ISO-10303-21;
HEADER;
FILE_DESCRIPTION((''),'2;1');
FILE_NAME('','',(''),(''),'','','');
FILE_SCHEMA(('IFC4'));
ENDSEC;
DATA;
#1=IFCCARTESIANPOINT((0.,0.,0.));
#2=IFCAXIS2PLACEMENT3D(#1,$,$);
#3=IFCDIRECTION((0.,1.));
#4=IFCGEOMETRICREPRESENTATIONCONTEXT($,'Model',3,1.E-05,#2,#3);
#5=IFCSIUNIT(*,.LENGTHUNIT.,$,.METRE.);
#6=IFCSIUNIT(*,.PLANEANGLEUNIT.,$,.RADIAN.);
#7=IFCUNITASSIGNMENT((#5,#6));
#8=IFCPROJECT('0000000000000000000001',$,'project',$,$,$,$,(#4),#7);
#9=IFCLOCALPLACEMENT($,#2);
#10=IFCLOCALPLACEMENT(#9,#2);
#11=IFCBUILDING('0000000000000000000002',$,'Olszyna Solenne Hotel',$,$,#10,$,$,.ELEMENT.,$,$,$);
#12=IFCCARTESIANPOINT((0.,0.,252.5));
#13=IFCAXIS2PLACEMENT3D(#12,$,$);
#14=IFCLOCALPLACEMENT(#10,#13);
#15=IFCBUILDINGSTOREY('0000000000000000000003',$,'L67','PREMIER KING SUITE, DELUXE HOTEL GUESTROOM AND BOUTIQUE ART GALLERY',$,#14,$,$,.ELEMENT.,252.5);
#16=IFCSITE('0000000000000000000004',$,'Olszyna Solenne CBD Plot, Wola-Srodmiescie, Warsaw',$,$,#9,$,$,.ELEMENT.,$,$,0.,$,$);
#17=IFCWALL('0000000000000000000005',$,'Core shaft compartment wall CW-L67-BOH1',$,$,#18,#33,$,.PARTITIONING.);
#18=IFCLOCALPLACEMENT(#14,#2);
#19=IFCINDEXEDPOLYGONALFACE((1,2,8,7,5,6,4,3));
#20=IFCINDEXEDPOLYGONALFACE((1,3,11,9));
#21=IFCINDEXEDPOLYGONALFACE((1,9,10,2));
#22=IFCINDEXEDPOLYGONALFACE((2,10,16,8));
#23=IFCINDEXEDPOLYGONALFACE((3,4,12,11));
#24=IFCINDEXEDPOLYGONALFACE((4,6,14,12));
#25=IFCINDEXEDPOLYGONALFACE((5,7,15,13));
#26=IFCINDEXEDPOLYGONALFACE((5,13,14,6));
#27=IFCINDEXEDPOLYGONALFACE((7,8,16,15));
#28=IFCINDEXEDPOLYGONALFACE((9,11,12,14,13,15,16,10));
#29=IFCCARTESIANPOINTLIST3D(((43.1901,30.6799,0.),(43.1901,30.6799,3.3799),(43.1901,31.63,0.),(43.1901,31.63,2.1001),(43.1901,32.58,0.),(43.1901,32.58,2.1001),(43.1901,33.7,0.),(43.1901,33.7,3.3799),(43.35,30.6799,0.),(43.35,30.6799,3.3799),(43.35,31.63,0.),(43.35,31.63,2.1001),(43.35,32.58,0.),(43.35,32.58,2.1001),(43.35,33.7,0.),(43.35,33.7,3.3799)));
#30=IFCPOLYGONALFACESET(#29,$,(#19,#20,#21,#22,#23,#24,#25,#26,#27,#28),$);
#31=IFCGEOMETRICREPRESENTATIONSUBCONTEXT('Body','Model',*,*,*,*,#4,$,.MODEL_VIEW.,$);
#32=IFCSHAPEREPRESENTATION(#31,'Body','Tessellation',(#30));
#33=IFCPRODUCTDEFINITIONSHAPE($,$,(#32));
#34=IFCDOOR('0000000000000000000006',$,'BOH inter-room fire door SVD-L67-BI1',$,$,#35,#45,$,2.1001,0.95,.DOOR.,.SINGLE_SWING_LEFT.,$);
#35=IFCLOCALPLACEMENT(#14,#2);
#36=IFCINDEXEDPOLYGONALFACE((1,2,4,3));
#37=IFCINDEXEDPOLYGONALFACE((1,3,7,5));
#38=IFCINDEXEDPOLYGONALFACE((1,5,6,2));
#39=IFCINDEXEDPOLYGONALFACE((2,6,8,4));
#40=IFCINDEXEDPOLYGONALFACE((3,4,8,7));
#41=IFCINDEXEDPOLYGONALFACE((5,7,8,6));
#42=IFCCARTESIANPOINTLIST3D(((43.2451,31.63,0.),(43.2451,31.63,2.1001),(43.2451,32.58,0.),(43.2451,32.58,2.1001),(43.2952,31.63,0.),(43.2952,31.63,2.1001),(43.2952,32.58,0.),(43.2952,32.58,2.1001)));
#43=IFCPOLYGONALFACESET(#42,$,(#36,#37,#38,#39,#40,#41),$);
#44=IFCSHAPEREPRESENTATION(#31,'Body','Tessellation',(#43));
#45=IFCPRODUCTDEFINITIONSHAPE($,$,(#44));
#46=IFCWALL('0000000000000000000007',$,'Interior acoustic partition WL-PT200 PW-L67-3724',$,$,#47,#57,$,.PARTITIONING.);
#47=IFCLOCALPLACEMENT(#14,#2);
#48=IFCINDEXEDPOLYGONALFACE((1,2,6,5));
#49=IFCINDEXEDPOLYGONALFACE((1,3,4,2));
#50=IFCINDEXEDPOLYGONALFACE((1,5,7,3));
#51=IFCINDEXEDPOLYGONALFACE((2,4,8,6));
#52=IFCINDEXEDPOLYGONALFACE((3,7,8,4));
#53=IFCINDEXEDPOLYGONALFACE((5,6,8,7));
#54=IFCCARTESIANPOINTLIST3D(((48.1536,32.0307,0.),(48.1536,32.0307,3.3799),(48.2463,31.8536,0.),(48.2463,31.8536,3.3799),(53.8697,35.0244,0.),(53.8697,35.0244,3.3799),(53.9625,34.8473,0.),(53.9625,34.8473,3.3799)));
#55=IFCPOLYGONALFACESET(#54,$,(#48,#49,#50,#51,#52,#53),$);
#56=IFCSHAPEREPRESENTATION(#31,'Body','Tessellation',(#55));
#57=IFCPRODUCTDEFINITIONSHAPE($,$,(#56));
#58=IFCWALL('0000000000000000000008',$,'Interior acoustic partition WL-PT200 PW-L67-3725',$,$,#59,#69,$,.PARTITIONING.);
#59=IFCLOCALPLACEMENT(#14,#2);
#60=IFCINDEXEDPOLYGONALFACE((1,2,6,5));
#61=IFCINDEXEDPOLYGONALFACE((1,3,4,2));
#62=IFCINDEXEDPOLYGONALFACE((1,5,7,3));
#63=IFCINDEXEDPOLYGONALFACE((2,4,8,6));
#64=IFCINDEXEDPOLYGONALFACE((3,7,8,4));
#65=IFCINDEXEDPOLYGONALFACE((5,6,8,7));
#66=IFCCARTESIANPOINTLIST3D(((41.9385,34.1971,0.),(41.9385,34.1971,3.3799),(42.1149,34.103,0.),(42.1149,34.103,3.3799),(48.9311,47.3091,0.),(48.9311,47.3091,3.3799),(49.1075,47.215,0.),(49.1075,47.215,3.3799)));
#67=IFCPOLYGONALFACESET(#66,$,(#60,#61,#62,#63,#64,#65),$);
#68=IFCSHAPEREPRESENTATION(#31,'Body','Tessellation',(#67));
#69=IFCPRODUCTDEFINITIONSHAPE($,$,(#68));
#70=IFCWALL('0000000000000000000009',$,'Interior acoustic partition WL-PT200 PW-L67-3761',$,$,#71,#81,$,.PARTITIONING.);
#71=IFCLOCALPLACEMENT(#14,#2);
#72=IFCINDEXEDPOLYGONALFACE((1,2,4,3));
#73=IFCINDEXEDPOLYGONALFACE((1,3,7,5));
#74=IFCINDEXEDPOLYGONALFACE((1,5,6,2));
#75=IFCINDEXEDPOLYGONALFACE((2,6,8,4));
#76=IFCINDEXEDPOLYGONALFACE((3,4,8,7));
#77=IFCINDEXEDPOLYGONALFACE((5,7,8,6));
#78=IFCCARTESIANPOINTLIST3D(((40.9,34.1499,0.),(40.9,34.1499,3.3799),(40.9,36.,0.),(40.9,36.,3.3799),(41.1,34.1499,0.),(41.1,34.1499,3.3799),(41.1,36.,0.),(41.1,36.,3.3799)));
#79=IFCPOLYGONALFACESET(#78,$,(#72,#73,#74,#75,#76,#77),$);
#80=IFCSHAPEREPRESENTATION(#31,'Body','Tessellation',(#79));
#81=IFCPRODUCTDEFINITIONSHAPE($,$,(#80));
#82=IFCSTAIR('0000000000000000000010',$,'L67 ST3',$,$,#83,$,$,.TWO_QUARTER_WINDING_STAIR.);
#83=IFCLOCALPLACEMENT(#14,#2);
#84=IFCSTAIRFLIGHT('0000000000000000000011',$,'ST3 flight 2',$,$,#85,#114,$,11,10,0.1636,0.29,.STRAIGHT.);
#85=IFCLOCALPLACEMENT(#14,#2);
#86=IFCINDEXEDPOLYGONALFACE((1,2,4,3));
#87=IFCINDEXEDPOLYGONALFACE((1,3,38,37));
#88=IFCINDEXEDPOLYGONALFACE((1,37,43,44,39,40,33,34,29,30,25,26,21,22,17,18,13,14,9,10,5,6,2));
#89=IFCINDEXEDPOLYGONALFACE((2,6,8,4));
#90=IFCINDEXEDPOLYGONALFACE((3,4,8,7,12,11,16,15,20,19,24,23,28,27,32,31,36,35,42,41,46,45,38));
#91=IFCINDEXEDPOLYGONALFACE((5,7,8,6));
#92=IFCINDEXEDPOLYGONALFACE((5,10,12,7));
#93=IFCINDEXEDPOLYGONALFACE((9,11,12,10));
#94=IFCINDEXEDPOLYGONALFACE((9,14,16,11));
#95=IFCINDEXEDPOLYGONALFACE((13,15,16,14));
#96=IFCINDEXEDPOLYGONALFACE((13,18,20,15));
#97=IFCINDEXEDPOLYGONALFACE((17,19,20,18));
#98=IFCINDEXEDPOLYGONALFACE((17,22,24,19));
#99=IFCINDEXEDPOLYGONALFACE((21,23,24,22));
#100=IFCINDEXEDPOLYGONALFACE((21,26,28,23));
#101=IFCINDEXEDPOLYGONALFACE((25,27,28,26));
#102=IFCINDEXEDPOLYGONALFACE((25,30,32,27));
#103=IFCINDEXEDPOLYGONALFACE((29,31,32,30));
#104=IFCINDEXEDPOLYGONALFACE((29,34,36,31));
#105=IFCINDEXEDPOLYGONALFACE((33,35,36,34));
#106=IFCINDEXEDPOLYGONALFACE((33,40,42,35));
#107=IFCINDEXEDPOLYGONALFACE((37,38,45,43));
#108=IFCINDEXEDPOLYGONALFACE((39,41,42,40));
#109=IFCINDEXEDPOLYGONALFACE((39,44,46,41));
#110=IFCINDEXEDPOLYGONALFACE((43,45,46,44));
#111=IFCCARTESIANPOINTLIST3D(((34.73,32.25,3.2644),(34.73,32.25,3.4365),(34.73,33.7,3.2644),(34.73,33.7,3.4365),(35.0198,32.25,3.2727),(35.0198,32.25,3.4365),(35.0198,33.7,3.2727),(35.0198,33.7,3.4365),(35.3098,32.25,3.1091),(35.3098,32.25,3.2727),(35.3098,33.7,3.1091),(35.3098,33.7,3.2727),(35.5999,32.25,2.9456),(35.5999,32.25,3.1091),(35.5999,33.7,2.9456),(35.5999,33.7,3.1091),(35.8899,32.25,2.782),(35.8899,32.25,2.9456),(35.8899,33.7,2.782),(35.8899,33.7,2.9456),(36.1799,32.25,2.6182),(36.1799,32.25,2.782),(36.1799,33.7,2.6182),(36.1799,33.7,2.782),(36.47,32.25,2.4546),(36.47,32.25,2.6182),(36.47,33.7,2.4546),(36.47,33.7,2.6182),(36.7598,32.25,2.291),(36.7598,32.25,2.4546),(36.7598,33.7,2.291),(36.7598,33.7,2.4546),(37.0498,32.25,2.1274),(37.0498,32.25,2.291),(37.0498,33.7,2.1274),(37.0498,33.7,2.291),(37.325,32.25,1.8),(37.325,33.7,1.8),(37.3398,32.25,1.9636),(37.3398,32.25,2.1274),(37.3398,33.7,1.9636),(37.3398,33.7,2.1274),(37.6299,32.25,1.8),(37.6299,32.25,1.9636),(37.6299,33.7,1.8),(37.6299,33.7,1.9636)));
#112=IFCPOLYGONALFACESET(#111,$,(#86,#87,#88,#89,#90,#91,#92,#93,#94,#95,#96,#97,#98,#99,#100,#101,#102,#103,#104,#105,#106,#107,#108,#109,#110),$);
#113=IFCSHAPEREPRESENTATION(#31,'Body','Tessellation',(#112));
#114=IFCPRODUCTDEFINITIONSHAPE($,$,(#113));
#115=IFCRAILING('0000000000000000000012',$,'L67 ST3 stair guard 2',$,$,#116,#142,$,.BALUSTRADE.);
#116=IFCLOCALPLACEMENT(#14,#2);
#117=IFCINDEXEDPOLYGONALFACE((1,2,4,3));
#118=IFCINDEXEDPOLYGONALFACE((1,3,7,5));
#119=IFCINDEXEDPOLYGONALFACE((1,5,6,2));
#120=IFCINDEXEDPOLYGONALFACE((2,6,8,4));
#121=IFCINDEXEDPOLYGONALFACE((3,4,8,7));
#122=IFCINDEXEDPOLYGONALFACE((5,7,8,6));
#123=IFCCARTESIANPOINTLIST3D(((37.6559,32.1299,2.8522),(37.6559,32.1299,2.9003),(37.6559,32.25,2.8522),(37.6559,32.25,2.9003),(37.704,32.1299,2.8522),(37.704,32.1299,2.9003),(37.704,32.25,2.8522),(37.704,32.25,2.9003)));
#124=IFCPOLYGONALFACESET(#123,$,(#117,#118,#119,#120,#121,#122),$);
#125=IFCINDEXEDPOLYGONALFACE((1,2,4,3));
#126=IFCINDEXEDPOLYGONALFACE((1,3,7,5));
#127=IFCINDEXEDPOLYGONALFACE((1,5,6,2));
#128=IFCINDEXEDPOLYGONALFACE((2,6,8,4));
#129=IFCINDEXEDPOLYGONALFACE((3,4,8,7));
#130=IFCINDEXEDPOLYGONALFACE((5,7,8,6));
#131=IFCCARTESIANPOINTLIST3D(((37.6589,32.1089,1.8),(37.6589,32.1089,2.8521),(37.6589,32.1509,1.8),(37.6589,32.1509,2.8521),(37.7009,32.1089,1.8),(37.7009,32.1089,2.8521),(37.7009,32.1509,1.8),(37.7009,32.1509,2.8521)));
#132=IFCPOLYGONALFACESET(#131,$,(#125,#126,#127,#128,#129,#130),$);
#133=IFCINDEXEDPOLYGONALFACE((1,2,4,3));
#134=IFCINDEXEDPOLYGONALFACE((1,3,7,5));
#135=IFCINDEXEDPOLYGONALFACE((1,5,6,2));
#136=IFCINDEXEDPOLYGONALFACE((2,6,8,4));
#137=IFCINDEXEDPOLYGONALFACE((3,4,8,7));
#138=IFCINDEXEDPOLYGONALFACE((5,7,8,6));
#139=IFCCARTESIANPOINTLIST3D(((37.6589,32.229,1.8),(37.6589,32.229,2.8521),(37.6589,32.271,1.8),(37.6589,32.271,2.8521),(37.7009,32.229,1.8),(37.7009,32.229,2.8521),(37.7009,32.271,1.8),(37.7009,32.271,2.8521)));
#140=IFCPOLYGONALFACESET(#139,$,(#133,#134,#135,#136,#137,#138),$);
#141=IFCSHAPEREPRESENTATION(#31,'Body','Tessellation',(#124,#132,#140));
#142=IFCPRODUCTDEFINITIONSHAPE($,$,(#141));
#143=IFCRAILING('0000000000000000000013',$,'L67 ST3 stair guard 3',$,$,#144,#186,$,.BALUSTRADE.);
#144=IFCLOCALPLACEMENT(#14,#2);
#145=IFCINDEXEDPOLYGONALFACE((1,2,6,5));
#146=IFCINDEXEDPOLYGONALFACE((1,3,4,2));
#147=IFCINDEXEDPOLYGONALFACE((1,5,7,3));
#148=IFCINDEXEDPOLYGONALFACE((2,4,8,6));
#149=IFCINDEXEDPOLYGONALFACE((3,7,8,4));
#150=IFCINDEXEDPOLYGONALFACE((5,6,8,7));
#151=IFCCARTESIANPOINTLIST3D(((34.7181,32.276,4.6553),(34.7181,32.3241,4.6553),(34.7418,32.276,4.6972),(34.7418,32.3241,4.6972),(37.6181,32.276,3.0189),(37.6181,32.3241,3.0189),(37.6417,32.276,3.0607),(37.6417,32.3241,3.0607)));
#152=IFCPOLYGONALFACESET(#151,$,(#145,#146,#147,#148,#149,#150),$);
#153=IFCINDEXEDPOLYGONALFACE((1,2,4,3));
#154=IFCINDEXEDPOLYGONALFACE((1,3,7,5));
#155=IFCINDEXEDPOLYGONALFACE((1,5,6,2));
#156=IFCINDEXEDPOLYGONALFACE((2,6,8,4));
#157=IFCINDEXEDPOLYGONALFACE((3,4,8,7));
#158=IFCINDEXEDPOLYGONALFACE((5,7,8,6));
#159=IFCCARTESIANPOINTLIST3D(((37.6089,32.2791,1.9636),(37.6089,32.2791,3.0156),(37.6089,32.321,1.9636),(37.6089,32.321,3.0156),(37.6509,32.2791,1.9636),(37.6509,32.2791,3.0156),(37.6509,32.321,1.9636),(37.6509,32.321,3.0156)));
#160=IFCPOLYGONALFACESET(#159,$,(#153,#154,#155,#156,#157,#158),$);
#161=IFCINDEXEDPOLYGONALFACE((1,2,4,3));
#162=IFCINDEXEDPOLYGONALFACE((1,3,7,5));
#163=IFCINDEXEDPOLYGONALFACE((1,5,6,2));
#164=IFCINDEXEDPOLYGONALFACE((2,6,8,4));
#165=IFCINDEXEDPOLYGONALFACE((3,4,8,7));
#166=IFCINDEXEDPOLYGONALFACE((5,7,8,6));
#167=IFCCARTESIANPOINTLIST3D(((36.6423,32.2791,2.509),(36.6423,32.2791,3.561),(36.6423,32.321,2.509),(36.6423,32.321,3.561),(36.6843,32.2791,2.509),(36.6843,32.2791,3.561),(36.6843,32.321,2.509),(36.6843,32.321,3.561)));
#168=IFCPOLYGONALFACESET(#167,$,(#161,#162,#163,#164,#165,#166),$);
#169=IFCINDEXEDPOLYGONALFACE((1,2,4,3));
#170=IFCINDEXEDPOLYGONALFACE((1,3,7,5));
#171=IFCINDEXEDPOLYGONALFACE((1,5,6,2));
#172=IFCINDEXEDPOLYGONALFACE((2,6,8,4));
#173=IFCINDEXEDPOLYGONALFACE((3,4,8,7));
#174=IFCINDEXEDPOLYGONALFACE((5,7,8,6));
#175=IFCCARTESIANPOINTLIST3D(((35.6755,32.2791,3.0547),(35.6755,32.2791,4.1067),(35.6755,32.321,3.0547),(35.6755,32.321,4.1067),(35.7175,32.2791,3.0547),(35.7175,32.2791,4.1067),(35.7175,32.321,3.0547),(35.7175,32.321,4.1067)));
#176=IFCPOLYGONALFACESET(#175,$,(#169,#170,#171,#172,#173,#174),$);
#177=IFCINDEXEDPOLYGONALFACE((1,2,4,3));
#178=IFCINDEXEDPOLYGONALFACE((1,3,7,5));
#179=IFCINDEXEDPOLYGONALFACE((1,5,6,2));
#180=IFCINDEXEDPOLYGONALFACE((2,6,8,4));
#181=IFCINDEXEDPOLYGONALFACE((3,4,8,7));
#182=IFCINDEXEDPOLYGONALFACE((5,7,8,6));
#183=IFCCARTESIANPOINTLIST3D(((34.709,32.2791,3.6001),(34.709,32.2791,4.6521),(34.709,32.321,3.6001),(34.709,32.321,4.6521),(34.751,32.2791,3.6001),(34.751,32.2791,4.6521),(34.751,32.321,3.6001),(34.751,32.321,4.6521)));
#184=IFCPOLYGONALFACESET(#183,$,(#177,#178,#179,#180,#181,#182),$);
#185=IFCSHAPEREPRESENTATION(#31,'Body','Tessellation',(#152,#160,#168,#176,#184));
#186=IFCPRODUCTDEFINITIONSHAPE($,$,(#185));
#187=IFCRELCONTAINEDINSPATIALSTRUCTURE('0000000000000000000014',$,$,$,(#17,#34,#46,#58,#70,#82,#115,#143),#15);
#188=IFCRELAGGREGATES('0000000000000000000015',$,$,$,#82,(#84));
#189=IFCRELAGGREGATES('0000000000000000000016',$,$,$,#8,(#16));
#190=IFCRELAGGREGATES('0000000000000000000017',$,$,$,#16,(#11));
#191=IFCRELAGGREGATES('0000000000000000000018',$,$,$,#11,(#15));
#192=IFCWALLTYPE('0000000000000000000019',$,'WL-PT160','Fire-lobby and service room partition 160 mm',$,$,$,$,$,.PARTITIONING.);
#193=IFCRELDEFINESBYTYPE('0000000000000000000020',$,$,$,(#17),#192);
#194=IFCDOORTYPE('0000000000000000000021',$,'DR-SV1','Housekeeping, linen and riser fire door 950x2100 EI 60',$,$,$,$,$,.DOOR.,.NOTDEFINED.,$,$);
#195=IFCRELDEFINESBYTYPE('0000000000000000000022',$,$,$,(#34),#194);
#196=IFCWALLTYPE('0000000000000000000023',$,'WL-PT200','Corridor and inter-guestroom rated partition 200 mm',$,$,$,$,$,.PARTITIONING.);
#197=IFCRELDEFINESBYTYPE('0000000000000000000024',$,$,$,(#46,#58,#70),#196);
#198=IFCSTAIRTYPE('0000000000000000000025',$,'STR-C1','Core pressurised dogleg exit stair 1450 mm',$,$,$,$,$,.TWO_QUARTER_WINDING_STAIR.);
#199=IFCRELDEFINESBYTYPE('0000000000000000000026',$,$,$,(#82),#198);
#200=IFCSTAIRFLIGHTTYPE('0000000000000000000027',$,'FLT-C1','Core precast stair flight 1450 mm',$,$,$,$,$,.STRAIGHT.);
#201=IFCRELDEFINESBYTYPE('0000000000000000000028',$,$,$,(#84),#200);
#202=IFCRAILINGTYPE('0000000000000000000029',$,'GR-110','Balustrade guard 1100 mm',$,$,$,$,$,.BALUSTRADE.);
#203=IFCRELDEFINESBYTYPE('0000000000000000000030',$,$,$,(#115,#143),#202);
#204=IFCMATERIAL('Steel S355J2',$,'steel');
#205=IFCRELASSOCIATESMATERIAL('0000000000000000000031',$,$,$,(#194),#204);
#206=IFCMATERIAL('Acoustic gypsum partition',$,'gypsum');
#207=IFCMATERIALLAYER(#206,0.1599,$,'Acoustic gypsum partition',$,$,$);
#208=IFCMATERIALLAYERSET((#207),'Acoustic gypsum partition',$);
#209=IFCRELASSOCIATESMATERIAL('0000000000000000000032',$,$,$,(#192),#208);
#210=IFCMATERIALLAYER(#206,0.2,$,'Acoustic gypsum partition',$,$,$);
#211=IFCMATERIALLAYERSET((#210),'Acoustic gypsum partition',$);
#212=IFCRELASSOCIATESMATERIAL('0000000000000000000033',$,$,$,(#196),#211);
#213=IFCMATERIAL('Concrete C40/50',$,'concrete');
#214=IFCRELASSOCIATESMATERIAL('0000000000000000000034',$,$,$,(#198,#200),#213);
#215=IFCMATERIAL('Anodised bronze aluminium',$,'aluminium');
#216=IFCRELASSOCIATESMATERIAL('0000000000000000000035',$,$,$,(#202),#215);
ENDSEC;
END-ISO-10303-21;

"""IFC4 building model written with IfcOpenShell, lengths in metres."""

from ifc_helpers import new_model, si_unit, direction, frame, frame_2d, origin, origin_2d, place, context, subcontext, project, spatial, polyline, rectangle, outline, extrude, source, transform, mapped, material, layer, layer_set, type_object, type_shapes, element, fill, aggregate, save


model = new_model("IFC4")

# Units and contexts
model_context = context("Model", 3, precision=1e-05, world=origin(), true_north=direction((0.0, 1.0)))
body_context = subcontext(model_context, "Body", "Model", "MODEL_VIEW")
ifc_project = project(units=[si_unit("LENGTHUNIT", "METRE"), si_unit("PLANEANGLEUNIT", "RADIAN")], contexts=[model_context])

# Site, building, storey
site_placement = place(None, origin())
site = spatial("IfcSite", under=ifc_project, at=site_placement, Name="Olszyna Solenne CBD Plot, Wola-Srodmiescie, Warsaw", CompositionType="ELEMENT", RefElevation=0.0)
building_placement = place(site_placement, origin())
building = spatial("IfcBuilding", under=site, at=building_placement, Name="Olszyna Solenne Hotel", CompositionType="ELEMENT")
storey_placement = place(building_placement, frame((0.0, 0.0, 252.5)))
storey = spatial("IfcBuildingStorey", under=building, at=storey_placement, Name="L67", Description="PREMIER KING SUITE, DELUXE HOTEL GUESTROOM AND BOUTIQUE ART GALLERY", CompositionType="ELEMENT", Elevation=252.5)

# Shared definitions
ifc_material_1 = material(Name="Steel S355J2", Category="steel")

# Shared definitions
door_type_1 = type_object("IfcDoorType", Name="DR-SV1", Description="Housekeeping, linen and riser fire door 950x2100 EI 60", OperationType="NOTDEFINED", PredefinedType="DOOR", material=ifc_material_1)
shared_shape_1 = source(origin(), body_context, "Body", "SweptSolid", [
    extrude(rectangle(XDim=0.95, YDim=2.1001, at=frame_2d((0.4751, 1.05))), frame((0.0, 0.0249, 0.0), z_axis=(0.0, -1.0, 0.0), x_axis=(1.0, 0.0, 0.0)), (0.0, 0.0, 1.0), 0.05),
])
type_shapes(door_type_1, [shared_shape_1])

# Shared definitions
ifc_material_2 = material(Name="Acoustic gypsum partition", Category="gypsum")

# Shared definitions
ifc_layer_1 = layer(ifc_material_2, 0.1599, Name="Acoustic gypsum partition")
ifc_layer_set_1 = layer_set([ifc_layer_1], Name="Acoustic gypsum partition")
wall_type_1 = type_object("IfcWallType", Name="WL-PT160", Description="Fire-lobby and service room partition 160 mm", PredefinedType="PARTITIONING", material=ifc_layer_set_1)

# Wall, opening, door
wall_1_placement = place(storey_placement, frame((43.27, 30.6799, 0.0), z_axis=(0.0, 0.0, 1.0), x_axis=(0.0, 1.0, 0.0)))
wall_1 = element("IfcWall", 1, at=wall_1_placement, inside=storey, type_object=wall_type_1, Name="Core shaft compartment wall CW-L67-BOH1", PredefinedType="PARTITIONING", context=body_context, shape_type="SweptSolid", body=[
    extrude(rectangle(XDim=3.02, YDim=0.1599, at=frame_2d((1.51, 0.0))), origin(), (0.0, 0.0, 1.0), 3.3799),
])
opening_1_placement = place(wall_1_placement, frame((0.95, 0.0, 0.0)))
opening_1 = element("IfcOpeningElement", 2, at=opening_1_placement, cuts=wall_1, PredefinedType="OPENING", context=body_context, shape_type="SweptSolid", body=[
    extrude(rectangle(XDim=0.95, YDim=2.1001, at=frame_2d((0.4751, 1.05))), frame((0.0, 0.0898, 0.0), z_axis=(0.0, -1.0, 0.0), x_axis=(1.0, 0.0, 0.0)), (0.0, 0.0, 1.0), 0.1799),
])
door_1_placement = place(opening_1_placement, origin())
door_1 = element("IfcDoor", 3, at=door_1_placement, inside=storey, type_object=door_type_1, Name="BOH inter-room fire door SVD-L67-BI1", OperationType="SINGLE_SWING_LEFT", OverallHeight=2.1001, OverallWidth=0.95, PredefinedType="DOOR", context=body_context, shape_type="MappedRepresentation", body=[
    mapped(shared_shape_1, transform((0.0, 0.0, 0.0), x_axis=(1.0, 0.0, 0.0), y_axis=(0.0, 1.0, 0.0), z_axis=(0.0, 0.0, 1.0), scale=1.0)),
])
fill(opening_1, door_1)

# Walls
ifc_layer_2 = layer(ifc_material_2, 0.2, Name="Acoustic gypsum partition")
ifc_layer_set_2 = layer_set([ifc_layer_2], Name="Acoustic gypsum partition")
wall_type_2 = type_object("IfcWallType", Name="WL-PT200", Description="Corridor and inter-guestroom rated partition 200 mm", PredefinedType="PARTITIONING", material=ifc_layer_set_2)
wall_2_placement = place(storey_placement, frame((48.2, 31.9421, 0.0), z_axis=(0.0, 0.0, 1.0), x_axis=(0.885862, 0.463949, 0.0)))
element("IfcWall", 4, at=wall_2_placement, inside=storey, type_object=wall_type_2, Name="Interior acoustic partition WL-PT200 PW-L67-3724", PredefinedType="PARTITIONING", context=body_context, shape_type="SweptSolid", body=[
    extrude(rectangle(XDim=6.4526, YDim=0.2, at=frame_2d((3.2263, 0.0))), origin(), (0.0, 0.0, 1.0), 3.3799),
])
wall_3_placement = place(storey_placement, frame((42.0266, 34.1499, 0.0), z_axis=(0.0, 0.0, 1.0), x_axis=(0.470566, 0.882365, 0.0)))
element("IfcWall", 5, at=wall_3_placement, inside=storey, type_object=wall_type_2, Name="Interior acoustic partition WL-PT200 PW-L67-3725", PredefinedType="PARTITIONING", context=body_context, shape_type="SweptSolid", body=[
    extrude(rectangle(XDim=14.8601, YDim=0.2, at=frame_2d((7.4302, 0.0))), origin(), (0.0, 0.0, 1.0), 3.3799),
])
wall_4_placement = place(storey_placement, frame((41.0, 34.1499, 0.0), z_axis=(0.0, 0.0, 1.0), x_axis=(0.0, 1.0, 0.0)))
element("IfcWall", 6, at=wall_4_placement, inside=storey, type_object=wall_type_2, Name="Interior acoustic partition WL-PT200 PW-L67-3761", PredefinedType="PARTITIONING", context=body_context, shape_type="SweptSolid", body=[
    extrude(rectangle(XDim=1.8501, YDim=0.2, at=frame_2d((0.925, 0.0))), origin(), (0.0, 0.0, 1.0), 3.3799),
])

# Stair, stair flight
ifc_material_3 = material(Name="Concrete C40/50", Category="concrete")
stair_type = type_object("IfcStairType", Name="STR-C1", Description="Core pressurised dogleg exit stair 1450 mm", PredefinedType="TWO_QUARTER_WINDING_STAIR", material=ifc_material_3)
stair_placement = place(storey_placement, origin())
stair = element("IfcStair", 7, at=stair_placement, inside=storey, type_object=stair_type, Name="L67 ST3", PredefinedType="TWO_QUARTER_WINDING_STAIR")
stair_flight_type = type_object("IfcStairFlightType", Name="FLT-C1", Description="Core precast stair flight 1450 mm", PredefinedType="STRAIGHT", material=ifc_material_3)
stair_flight_placement = place(storey_placement, frame((37.6299, 32.9751, 1.8), z_axis=(0.0, 0.0, 1.0), x_axis=(-1.0, 0.0, 0.0)))
stair_flight = element("IfcStairFlight", 8, at=stair_flight_placement, type_object=stair_flight_type, Name="ST3 flight 2", NumberOfRisers=11, NumberOfTreads=10, PredefinedType="STRAIGHT", RiserHeight=0.1636, TreadLength=0.29, context=body_context, shape_type="SweptSolid", body=[
    extrude(outline(polyline([(0.0, 0.0), (0.0, 0.1636), (0.29, 0.1636), (0.29, 0.3274), (0.5801, 0.3274), (0.5801, 0.491), (0.8701, 0.491), (0.8701, 0.6545), (1.1599, 0.6545), (1.1599, 0.8181), (1.45, 0.8181), (1.45, 0.9819), (1.74, 0.9819), (1.74, 1.1455), (2.03, 1.1455), (2.03, 1.3091), (2.3201, 1.3091), (2.3201, 1.4727), (2.6101, 1.4727), (2.6101, 1.6365), (2.8999, 1.6365), (2.8999, 1.8), (2.8999, 1.4644), (0.3049, 0.0), (0.0, 0.0)])), frame((0.0, 0.7251, 0.0), z_axis=(0.0, -1.0, 0.0), x_axis=(1.0, 0.0, 0.0)), (0.0, 0.0, 1.0), 1.45),
])
aggregate(stair, [stair_flight])

# Railings
ifc_material_4 = material(Name="Anodised bronze aluminium", Category="aluminium")
railing_type_1 = type_object("IfcRailingType", Name="GR-110", Description="Balustrade guard 1100 mm", PredefinedType="BALUSTRADE", material=ifc_material_4)
railing_1_placement = place(storey_placement, frame((37.6799, 32.1299, 1.8)))
element("IfcRailing", 9, at=railing_1_placement, inside=storey, type_object=railing_type_1, Name="L67 ST3 stair guard 2", PredefinedType="BALUSTRADE", context=body_context, shape_type="SweptSolid", body=[
    extrude(rectangle(XDim=0.0481, YDim=0.0481, at=origin_2d()), frame((0.0, 0.0, 1.0762), z_axis=(0.0, 1.0, 0.0), x_axis=(-1.0, 0.0, 0.0)), (0.0, 0.0, 1.0), 0.1201),
    extrude(rectangle(XDim=0.042, YDim=0.042, at=origin_2d()), origin(), (0.0, 0.0, 1.0), 1.052),
    extrude(rectangle(XDim=0.042, YDim=0.042, at=origin_2d()), frame((0.0, 0.1201, 0.0)), (0.0, 0.0, 1.0), 1.052),
])
railing_2_placement = place(storey_placement, frame((37.6299, 32.3, 1.9636)))
element("IfcRailing", 10, at=railing_2_placement, inside=storey, type_object=railing_type_1, Name="L67 ST3 stair guard 3", PredefinedType="BALUSTRADE", context=body_context, shape_type="SweptSolid", body=[
    extrude(rectangle(XDim=0.0481, YDim=0.0481, at=origin_2d()), frame((0.0, 0.0, 1.0762), z_axis=(-0.870897, 0.0, 0.491465), x_axis=(0.0, -1.0, 0.0)), (0.0, 0.0, 1.0), 3.3298),
    extrude(rectangle(XDim=0.042, YDim=0.042, at=origin_2d()), origin(), (0.0, 0.0, 1.0), 1.052),
    extrude(rectangle(XDim=0.042, YDim=0.042, at=origin_2d()), frame((-0.9666, 0.0, 0.5454)), (0.0, 0.0, 1.0), 1.052),
    extrude(rectangle(XDim=0.042, YDim=0.042, at=origin_2d()), frame((-1.9333, 0.0, 1.0911)), (0.0, 0.0, 1.0), 1.052),
    extrude(rectangle(XDim=0.042, YDim=0.042, at=origin_2d()), frame((-2.8999, 0.0, 1.6365)), (0.0, 0.0, 1.0), 1.052),
])

save(model, "model.ifc")
